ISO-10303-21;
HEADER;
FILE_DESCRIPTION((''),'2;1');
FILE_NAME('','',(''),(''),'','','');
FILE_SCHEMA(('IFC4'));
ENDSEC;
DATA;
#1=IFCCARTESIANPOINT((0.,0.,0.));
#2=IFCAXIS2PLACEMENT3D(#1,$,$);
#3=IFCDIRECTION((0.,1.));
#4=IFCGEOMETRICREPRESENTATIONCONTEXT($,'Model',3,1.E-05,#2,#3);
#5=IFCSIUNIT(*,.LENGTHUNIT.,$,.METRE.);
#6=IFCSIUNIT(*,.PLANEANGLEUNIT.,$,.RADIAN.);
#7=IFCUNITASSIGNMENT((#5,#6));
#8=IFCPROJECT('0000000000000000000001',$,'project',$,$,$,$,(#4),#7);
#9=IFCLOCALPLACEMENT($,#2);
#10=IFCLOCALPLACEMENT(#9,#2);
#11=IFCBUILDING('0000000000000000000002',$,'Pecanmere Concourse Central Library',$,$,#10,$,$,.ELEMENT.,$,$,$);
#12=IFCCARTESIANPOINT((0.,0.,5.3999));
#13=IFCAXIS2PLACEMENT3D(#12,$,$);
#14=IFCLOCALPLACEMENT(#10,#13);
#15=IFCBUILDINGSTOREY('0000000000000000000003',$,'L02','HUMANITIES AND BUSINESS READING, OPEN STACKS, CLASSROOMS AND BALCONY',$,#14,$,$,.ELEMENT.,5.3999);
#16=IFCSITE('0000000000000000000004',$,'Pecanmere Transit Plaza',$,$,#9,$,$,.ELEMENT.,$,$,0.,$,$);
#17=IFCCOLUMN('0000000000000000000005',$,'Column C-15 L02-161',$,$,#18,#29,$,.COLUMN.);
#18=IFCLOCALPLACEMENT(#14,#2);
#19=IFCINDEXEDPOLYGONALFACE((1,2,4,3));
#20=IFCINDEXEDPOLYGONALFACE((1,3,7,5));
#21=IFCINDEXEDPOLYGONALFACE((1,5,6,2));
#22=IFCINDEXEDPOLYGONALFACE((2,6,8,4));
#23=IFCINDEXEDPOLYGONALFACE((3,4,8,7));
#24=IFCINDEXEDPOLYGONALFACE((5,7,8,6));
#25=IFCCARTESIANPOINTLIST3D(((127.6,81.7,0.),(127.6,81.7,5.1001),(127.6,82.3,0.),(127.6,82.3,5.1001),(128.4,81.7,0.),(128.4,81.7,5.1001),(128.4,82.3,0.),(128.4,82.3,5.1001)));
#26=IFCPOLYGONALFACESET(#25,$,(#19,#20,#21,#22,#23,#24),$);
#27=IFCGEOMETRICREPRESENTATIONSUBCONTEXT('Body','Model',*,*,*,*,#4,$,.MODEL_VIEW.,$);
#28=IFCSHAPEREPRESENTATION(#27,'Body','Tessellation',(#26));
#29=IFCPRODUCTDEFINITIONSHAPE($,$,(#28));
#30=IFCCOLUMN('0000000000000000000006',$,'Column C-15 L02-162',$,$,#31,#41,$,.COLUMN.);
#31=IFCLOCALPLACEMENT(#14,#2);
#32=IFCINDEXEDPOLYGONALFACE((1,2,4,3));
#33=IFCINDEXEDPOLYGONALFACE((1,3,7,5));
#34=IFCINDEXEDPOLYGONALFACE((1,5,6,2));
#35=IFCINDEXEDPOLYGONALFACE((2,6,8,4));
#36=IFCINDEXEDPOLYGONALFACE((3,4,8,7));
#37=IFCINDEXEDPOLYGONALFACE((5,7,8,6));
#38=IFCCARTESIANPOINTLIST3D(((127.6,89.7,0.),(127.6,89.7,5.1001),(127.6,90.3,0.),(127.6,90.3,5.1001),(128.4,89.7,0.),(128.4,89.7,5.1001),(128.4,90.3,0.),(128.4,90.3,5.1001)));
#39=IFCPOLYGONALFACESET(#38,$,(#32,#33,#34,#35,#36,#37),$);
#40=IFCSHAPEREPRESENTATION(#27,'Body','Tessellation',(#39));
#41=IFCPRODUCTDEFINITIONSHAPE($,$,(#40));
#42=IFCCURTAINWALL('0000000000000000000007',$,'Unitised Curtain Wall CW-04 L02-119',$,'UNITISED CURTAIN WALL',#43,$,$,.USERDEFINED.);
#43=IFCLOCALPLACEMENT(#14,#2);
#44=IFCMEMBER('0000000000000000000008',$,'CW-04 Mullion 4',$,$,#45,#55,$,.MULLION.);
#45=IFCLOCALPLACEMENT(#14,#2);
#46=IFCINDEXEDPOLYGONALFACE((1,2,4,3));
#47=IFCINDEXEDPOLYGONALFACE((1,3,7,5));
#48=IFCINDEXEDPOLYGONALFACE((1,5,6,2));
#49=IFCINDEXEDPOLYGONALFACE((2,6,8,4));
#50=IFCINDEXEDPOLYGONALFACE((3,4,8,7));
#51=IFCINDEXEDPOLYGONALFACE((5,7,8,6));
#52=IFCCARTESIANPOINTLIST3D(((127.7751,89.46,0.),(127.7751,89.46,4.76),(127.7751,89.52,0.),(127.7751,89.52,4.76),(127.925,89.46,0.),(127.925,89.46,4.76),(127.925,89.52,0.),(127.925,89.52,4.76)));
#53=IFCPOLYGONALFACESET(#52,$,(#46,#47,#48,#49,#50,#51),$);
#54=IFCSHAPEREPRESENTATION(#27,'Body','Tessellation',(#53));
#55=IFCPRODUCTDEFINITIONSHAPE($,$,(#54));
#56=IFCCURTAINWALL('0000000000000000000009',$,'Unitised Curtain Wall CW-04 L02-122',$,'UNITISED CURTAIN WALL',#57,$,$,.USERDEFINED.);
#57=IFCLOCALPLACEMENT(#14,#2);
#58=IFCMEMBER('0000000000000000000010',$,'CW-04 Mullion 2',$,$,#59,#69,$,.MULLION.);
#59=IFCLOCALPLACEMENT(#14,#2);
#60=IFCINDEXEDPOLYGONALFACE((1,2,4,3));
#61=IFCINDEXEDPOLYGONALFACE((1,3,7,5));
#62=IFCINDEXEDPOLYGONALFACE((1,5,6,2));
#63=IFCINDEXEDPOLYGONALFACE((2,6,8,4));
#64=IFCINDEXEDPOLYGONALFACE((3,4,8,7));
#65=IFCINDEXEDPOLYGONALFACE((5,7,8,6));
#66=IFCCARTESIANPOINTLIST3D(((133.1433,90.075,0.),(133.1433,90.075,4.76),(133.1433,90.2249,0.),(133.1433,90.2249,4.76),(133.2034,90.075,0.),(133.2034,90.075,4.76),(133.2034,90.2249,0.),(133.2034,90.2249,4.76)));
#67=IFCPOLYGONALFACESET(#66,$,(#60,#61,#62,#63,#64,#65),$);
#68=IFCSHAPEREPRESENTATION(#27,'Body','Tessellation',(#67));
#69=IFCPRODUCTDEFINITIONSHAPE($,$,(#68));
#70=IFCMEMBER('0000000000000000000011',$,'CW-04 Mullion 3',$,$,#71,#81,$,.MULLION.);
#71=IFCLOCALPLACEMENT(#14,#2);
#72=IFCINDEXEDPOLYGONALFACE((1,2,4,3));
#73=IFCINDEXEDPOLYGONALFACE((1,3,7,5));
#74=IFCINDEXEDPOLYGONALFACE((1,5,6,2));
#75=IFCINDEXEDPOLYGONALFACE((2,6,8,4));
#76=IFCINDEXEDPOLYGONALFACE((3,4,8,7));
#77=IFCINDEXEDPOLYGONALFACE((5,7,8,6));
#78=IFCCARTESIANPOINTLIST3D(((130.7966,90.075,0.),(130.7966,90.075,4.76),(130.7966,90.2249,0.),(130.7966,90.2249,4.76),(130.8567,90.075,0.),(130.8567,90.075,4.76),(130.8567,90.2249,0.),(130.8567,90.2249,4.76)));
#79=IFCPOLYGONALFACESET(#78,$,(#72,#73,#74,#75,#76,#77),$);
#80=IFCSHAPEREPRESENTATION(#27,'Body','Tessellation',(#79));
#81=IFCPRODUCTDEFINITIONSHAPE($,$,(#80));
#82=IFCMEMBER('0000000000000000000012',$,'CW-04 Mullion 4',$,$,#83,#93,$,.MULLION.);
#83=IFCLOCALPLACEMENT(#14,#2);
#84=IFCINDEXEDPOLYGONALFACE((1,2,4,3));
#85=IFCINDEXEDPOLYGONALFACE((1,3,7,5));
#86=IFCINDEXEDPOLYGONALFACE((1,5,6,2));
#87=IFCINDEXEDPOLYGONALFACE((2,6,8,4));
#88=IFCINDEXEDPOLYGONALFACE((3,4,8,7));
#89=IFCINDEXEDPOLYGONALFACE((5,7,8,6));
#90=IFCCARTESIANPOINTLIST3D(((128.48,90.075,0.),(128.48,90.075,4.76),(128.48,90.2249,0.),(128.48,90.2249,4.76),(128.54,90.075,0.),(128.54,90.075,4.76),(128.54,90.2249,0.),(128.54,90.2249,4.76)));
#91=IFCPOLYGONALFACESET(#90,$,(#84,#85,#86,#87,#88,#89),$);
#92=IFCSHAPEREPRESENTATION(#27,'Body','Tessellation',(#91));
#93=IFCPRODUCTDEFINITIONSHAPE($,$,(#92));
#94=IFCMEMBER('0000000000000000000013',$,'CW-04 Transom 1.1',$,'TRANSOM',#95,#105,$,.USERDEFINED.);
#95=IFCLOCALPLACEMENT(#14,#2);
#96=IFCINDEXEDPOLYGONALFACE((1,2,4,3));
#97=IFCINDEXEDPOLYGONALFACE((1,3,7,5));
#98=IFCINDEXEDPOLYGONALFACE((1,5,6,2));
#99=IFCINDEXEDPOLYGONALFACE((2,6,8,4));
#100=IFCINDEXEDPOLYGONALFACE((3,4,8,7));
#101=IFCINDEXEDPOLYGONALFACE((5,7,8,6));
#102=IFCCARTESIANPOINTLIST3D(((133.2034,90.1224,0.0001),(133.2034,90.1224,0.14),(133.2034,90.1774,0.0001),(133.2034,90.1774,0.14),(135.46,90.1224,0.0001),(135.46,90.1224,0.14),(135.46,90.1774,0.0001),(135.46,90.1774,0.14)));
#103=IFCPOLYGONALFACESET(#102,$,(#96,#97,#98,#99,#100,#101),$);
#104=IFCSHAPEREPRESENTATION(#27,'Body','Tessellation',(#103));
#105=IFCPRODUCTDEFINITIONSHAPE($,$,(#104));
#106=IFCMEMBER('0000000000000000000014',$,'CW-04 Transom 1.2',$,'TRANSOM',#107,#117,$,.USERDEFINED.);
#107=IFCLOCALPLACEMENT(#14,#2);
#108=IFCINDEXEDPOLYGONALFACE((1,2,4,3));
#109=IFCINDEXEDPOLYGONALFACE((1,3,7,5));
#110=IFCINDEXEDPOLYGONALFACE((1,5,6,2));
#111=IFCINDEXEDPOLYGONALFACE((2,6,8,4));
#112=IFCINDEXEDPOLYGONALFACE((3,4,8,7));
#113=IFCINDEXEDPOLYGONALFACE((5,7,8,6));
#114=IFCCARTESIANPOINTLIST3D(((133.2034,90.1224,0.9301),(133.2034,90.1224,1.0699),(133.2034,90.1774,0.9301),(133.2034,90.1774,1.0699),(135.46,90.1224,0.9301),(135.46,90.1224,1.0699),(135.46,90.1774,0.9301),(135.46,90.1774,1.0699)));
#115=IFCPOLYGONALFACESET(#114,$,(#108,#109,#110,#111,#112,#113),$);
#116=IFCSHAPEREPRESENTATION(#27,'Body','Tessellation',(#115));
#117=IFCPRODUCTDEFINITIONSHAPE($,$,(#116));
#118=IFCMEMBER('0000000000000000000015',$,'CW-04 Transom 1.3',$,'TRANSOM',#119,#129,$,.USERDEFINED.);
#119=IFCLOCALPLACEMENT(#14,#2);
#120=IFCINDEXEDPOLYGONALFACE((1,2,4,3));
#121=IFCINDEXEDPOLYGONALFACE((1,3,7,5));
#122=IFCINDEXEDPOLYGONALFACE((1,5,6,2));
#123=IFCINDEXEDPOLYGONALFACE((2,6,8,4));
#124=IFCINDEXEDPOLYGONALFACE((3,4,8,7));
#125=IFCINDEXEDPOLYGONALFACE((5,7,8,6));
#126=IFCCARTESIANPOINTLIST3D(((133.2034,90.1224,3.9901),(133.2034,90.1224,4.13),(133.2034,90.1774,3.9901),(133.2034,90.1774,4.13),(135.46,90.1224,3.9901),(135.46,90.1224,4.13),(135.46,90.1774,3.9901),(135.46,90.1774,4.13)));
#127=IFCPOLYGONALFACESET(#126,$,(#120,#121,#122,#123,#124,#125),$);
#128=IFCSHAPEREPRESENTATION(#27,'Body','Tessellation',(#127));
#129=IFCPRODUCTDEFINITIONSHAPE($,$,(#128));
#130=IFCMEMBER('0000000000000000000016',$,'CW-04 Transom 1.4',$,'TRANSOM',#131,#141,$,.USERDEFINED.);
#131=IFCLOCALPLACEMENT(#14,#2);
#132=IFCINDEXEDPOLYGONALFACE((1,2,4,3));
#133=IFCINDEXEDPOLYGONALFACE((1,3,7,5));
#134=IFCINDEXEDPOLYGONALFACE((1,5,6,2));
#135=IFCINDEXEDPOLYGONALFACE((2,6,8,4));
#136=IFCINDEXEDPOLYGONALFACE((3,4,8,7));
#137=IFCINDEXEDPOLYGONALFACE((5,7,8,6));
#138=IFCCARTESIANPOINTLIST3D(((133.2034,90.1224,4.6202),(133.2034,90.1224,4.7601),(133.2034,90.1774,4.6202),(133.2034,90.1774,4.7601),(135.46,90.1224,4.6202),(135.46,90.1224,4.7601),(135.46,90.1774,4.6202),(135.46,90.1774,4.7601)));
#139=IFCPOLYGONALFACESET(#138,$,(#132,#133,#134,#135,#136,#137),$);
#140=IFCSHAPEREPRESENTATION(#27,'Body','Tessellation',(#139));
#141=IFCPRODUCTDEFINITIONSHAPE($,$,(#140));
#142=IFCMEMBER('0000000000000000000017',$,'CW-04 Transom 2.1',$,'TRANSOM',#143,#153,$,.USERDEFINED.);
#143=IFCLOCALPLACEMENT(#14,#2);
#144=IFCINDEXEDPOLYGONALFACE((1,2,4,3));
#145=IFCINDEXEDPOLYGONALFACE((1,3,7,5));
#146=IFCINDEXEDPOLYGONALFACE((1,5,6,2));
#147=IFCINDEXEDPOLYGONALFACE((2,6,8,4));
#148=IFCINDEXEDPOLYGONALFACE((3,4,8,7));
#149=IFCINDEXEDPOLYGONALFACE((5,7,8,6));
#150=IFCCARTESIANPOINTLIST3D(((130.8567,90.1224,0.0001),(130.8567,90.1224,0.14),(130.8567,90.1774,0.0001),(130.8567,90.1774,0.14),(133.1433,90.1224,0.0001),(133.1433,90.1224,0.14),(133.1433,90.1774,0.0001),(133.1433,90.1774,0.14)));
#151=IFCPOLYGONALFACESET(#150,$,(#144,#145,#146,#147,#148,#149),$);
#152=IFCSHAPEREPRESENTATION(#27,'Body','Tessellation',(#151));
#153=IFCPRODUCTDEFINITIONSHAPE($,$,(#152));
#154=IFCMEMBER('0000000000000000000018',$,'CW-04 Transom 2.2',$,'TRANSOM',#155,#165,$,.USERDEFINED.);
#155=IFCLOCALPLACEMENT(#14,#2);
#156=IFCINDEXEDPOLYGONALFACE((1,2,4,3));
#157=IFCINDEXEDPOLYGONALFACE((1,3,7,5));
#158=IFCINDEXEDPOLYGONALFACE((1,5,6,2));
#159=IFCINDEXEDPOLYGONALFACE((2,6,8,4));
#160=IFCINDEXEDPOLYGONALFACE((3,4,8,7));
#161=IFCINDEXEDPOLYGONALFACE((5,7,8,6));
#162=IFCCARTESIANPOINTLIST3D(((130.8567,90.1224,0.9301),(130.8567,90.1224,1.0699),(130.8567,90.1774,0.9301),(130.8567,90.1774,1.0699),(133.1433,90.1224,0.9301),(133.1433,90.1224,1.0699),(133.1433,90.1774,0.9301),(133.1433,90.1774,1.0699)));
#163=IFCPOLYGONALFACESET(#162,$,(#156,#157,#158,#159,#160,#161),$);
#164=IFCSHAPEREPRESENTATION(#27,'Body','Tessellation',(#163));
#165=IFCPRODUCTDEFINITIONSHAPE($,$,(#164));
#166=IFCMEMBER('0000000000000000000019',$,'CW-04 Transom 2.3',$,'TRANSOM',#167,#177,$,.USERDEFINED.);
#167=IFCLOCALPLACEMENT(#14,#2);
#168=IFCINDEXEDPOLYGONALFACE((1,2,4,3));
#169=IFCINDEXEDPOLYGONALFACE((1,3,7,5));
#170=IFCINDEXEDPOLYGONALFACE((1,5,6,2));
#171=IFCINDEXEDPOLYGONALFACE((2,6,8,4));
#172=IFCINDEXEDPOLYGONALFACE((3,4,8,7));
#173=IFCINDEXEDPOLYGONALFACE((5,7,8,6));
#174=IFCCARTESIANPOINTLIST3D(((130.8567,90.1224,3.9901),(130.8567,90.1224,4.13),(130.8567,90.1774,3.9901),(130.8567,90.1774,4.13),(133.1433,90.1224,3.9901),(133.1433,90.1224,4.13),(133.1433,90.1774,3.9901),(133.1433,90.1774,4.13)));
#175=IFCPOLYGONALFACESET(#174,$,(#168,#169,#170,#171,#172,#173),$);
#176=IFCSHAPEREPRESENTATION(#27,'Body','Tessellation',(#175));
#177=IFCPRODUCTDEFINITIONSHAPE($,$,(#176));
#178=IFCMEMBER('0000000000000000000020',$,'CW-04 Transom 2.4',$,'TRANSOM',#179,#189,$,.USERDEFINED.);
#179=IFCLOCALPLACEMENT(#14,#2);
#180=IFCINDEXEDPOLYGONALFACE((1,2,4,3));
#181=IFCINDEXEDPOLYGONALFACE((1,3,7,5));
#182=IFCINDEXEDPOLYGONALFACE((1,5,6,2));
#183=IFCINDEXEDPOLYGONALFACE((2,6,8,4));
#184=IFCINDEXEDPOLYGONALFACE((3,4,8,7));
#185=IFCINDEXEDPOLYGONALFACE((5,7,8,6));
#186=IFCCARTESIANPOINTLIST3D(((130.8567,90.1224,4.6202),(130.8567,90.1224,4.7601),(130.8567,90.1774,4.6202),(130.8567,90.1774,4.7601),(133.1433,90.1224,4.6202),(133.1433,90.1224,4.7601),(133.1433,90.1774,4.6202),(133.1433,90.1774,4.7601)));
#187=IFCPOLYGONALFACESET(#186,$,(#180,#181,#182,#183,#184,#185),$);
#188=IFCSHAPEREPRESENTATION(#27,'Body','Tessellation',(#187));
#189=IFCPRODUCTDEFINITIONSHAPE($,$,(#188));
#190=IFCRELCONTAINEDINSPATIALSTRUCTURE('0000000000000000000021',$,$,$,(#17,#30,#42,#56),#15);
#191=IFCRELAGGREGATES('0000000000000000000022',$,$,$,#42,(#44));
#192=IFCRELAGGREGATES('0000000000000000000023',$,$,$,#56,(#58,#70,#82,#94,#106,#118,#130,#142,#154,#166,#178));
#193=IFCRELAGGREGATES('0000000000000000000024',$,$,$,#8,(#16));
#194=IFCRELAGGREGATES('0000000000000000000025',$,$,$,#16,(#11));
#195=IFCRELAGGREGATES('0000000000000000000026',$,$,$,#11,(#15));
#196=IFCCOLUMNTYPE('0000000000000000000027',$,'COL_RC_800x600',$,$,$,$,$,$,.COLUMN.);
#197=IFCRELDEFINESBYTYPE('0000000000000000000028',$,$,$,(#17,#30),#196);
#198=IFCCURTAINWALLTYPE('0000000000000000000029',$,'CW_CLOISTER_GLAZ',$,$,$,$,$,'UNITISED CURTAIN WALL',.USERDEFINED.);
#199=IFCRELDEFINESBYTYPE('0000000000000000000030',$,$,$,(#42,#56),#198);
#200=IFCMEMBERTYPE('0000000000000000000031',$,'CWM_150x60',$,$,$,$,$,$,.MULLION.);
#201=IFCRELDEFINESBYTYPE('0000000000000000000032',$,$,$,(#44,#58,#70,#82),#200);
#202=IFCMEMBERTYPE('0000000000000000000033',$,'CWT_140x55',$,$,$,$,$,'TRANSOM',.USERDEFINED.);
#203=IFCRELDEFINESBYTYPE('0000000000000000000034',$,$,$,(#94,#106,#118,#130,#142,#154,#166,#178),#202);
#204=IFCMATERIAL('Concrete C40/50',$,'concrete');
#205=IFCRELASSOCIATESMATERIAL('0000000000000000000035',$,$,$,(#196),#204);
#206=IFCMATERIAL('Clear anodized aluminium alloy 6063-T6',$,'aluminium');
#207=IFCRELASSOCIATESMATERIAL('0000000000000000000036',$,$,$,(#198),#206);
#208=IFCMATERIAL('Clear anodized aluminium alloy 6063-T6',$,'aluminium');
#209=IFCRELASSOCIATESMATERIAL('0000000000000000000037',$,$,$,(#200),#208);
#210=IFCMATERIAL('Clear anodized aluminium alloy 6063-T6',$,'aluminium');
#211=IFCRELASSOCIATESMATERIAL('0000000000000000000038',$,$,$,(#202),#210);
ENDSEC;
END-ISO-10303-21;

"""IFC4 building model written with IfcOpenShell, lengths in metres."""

from ifc_helpers import new_model, si_unit, direction, frame, origin, origin_2d, place, context, subcontext, project, spatial, rectangle, extrude, material, material_profile, profile_set, type_object, element, aggregate, save


model = new_model("IFC4")

# Units and contexts
model_context = context("Model", 3, precision=1e-05, world=origin(), true_north=direction((0.0, 1.0)))
body_context = subcontext(model_context, "Body", "Model", "MODEL_VIEW")
ifc_project = project(units=[si_unit("LENGTHUNIT", "METRE"), si_unit("PLANEANGLEUNIT", "RADIAN")], contexts=[model_context])

# Site, building, storey
site_placement = place(None, origin())
site = spatial("IfcSite", under=ifc_project, at=site_placement, Name="Pecanmere Transit Plaza", CompositionType="ELEMENT", RefElevation=0.0)
building_placement = place(site_placement, origin())
building = spatial("IfcBuilding", under=site, at=building_placement, Name="Pecanmere Concourse Central Library", CompositionType="ELEMENT")
storey_placement = place(building_placement, frame((0.0, 0.0, 5.3999)))
storey = spatial("IfcBuildingStorey", under=building, at=storey_placement, Name="L02", Description="HUMANITIES AND BUSINESS READING, OPEN STACKS, CLASSROOMS AND BALCONY", CompositionType="ELEMENT", Elevation=5.3999)

# Columns
ifc_material_1 = material(Name="Concrete C40/50", Category="concrete")
ifc_material_profile_1 = material_profile(ifc_material_1, rectangle(XDim=0.8, YDim=0.6001, at=origin_2d()), Name="RC 800x600")
ifc_profile_set_1 = profile_set([ifc_material_profile_1], Name="Concrete C40/50")
column_type = type_object("IfcColumnType", Name="COL_RC_800x600", PredefinedType="COLUMN", material=ifc_profile_set_1)
for number, where, z_axis, x_axis, name in (
    (1, (128.0, 82.0, 0.0), (0.0, 0.0, 1.0), (1.0, 0.0, 0.0), "Column C-15 L02-161"),
    (2, (128.0, 90.0, 0.0), (0.0, 0.0, 1.0), (1.0, 0.0, 0.0), "Column C-15 L02-162"),
):
    element("IfcColumn", number, at=place(storey_placement, frame(where, z_axis=z_axis, x_axis=x_axis)), inside=storey, type_object=column_type, Name=name, PredefinedType="COLUMN", context=body_context, shape_type="SweptSolid", body=[
        extrude(rectangle(XDim=0.8, YDim=0.6001, at=origin_2d()), origin(), (0.0, 0.0, 1.0), 5.1001),
    ])

# Curtain wall, member
ifc_material_2 = material(Name="Clear anodized aluminium alloy 6063-T6", Category="aluminium")
curtain_wall_type = type_object("IfcCurtainWallType", Name="CW_CLOISTER_GLAZ", ElementType="UNITISED CURTAIN WALL", PredefinedType="USERDEFINED", material=ifc_material_2)
curtain_wall_1_placement = place(storey_placement, origin())
curtain_wall_1 = element("IfcCurtainWall", 3, at=curtain_wall_1_placement, inside=storey, type_object=curtain_wall_type, Name="Unitised Curtain Wall CW-04 L02-119", ObjectType="UNITISED CURTAIN WALL", PredefinedType="USERDEFINED")
ifc_material_3 = material(Name="Clear anodized aluminium alloy 6063-T6", Category="aluminium")
ifc_material_profile_2 = material_profile(ifc_material_3, rectangle(XDim=0.0601, YDim=0.1499, at=origin_2d()), Name="AL 60x150")
ifc_profile_set_2 = profile_set([ifc_material_profile_2], Name="Clear anodized aluminium alloy 6063-T6")
member_type_1 = type_object("IfcMemberType", Name="CWM_150x60", PredefinedType="MULLION", material=ifc_profile_set_2)
member_1_placement = place(storey_placement, frame((127.8501, 89.49, 0.0), z_axis=(0.0, 0.0, 1.0), x_axis=(0.0, 1.0, 0.0)))
member_1 = element("IfcMember", 4, at=member_1_placement, type_object=member_type_1, Name="CW-04 Mullion 4", PredefinedType="MULLION", context=body_context, shape_type="SweptSolid", body=[
    extrude(rectangle(XDim=0.0601, YDim=0.1499, at=origin_2d()), origin(), (0.0, 0.0, 1.0), 4.76),
])

# Curtain wall, members
curtain_wall_2_placement = place(storey_placement, origin())
curtain_wall_2 = element("IfcCurtainWall", 5, at=curtain_wall_2_placement, inside=storey, type_object=curtain_wall_type, Name="Unitised Curtain Wall CW-04 L02-122", ObjectType="UNITISED CURTAIN WALL", PredefinedType="USERDEFINED")
member_2_placement = place(storey_placement, frame((133.1733, 90.1499, 0.0), z_axis=(0.0, 0.0, 1.0), x_axis=(-1.0, 0.0, 0.0)))
member_2 = element("IfcMember", 6, at=member_2_placement, type_object=member_type_1, Name="CW-04 Mullion 2", PredefinedType="MULLION", context=body_context, shape_type="SweptSolid", body=[
    extrude(rectangle(XDim=0.0601, YDim=0.1499, at=origin_2d()), origin(), (0.0, 0.0, 1.0), 4.76),
])
member_3_placement = place(storey_placement, frame((130.8267, 90.1499, 0.0), z_axis=(0.0, 0.0, 1.0), x_axis=(-1.0, 0.0, 0.0)))
member_3 = element("IfcMember", 7, at=member_3_placement, type_object=member_type_1, Name="CW-04 Mullion 3", PredefinedType="MULLION", context=body_context, shape_type="SweptSolid", body=[
    extrude(rectangle(XDim=0.0601, YDim=0.1499, at=origin_2d()), origin(), (0.0, 0.0, 1.0), 4.76),
])
member_4_placement = place(storey_placement, frame((128.51, 90.1499, 0.0), z_axis=(0.0, 0.0, 1.0), x_axis=(-1.0, 0.0, 0.0)))
member_4 = element("IfcMember", 8, at=member_4_placement, type_object=member_type_1, Name="CW-04 Mullion 4", PredefinedType="MULLION", context=body_context, shape_type="SweptSolid", body=[
    extrude(rectangle(XDim=0.0601, YDim=0.1499, at=origin_2d()), origin(), (0.0, 0.0, 1.0), 4.76),
])
ifc_material_4 = material(Name="Clear anodized aluminium alloy 6063-T6", Category="aluminium")
ifc_material_profile_3 = material_profile(ifc_material_4, rectangle(XDim=0.0549, YDim=0.1399, at=origin_2d()), Name="AL 55x140")
ifc_profile_set_3 = profile_set([ifc_material_profile_3], Name="Clear anodized aluminium alloy 6063-T6")
member_type_2 = type_object("IfcMemberType", Name="CWT_140x55", ElementType="TRANSOM", PredefinedType="USERDEFINED", material=ifc_profile_set_3)
member_5_placement = place(storey_placement, frame((135.46, 90.1499, 0.0701), z_axis=(-1.0, 0.0, 0.0), x_axis=(0.0, -1.0, 0.0)))
member_5 = element("IfcMember", 9, at=member_5_placement, type_object=member_type_2, Name="CW-04 Transom 1.1", ObjectType="TRANSOM", PredefinedType="USERDEFINED", context=body_context, shape_type="SweptSolid", body=[
    extrude(rectangle(XDim=0.0549, YDim=0.1399, at=origin_2d()), origin(), (0.0, 0.0, 1.0), 2.2566),
])
member_6_placement = place(storey_placement, frame((135.46, 90.1499, 1.0), z_axis=(-1.0, 0.0, 0.0), x_axis=(0.0, -1.0, 0.0)))
member_6 = element("IfcMember", 10, at=member_6_placement, type_object=member_type_2, Name="CW-04 Transom 1.2", ObjectType="TRANSOM", PredefinedType="USERDEFINED", context=body_context, shape_type="SweptSolid", body=[
    extrude(rectangle(XDim=0.0549, YDim=0.1399, at=origin_2d()), origin(), (0.0, 0.0, 1.0), 2.2566),
])
member_7_placement = place(storey_placement, frame((135.46, 90.1499, 4.0601), z_axis=(-1.0, 0.0, 0.0), x_axis=(0.0, -1.0, 0.0)))
member_7 = element("IfcMember", 11, at=member_7_placement, type_object=member_type_2, Name="CW-04 Transom 1.3", ObjectType="TRANSOM", PredefinedType="USERDEFINED", context=body_context, shape_type="SweptSolid", body=[
    extrude(rectangle(XDim=0.0549, YDim=0.1399, at=origin_2d()), origin(), (0.0, 0.0, 1.0), 2.2566),
])
member_8_placement = place(storey_placement, frame((135.46, 90.1499, 4.6902), z_axis=(-1.0, 0.0, 0.0), x_axis=(0.0, -1.0, 0.0)))
member_8 = element("IfcMember", 12, at=member_8_placement, type_object=member_type_2, Name="CW-04 Transom 1.4", ObjectType="TRANSOM", PredefinedType="USERDEFINED", context=body_context, shape_type="SweptSolid", body=[
    extrude(rectangle(XDim=0.0549, YDim=0.1399, at=origin_2d()), origin(), (0.0, 0.0, 1.0), 2.2566),
])
member_9_placement = place(storey_placement, frame((133.1433, 90.1499, 0.0701), z_axis=(-1.0, 0.0, 0.0), x_axis=(0.0, -1.0, 0.0)))
member_9 = element("IfcMember", 13, at=member_9_placement, type_object=member_type_2, Name="CW-04 Transom 2.1", ObjectType="TRANSOM", PredefinedType="USERDEFINED", context=body_context, shape_type="SweptSolid", body=[
    extrude(rectangle(XDim=0.0549, YDim=0.1399, at=origin_2d()), origin(), (0.0, 0.0, 1.0), 2.2866),
])
member_10_placement = place(storey_placement, frame((133.1433, 90.1499, 1.0), z_axis=(-1.0, 0.0, 0.0), x_axis=(0.0, -1.0, 0.0)))
member_10 = element("IfcMember", 14, at=member_10_placement, type_object=member_type_2, Name="CW-04 Transom 2.2", ObjectType="TRANSOM", PredefinedType="USERDEFINED", context=body_context, shape_type="SweptSolid", body=[
    extrude(rectangle(XDim=0.0549, YDim=0.1399, at=origin_2d()), origin(), (0.0, 0.0, 1.0), 2.2866),
])
member_11_placement = place(storey_placement, frame((133.1433, 90.1499, 4.0601), z_axis=(-1.0, 0.0, 0.0), x_axis=(0.0, -1.0, 0.0)))
member_11 = element("IfcMember", 15, at=member_11_placement, type_object=member_type_2, Name="CW-04 Transom 2.3", ObjectType="TRANSOM", PredefinedType="USERDEFINED", context=body_context, shape_type="SweptSolid", body=[
    extrude(rectangle(XDim=0.0549, YDim=0.1399, at=origin_2d()), origin(), (0.0, 0.0, 1.0), 2.2866),
])
member_12_placement = place(storey_placement, frame((133.1433, 90.1499, 4.6902), z_axis=(-1.0, 0.0, 0.0), x_axis=(0.0, -1.0, 0.0)))
member_12 = element("IfcMember", 16, at=member_12_placement, type_object=member_type_2, Name="CW-04 Transom 2.4", ObjectType="TRANSOM", PredefinedType="USERDEFINED", context=body_context, shape_type="SweptSolid", body=[
    extrude(rectangle(XDim=0.0549, YDim=0.1399, at=origin_2d()), origin(), (0.0, 0.0, 1.0), 2.2866),
])

aggregate(curtain_wall_1, [member_1])
aggregate(curtain_wall_2, [member_2, member_3, member_4, member_5, member_6, member_7, member_8, member_9, member_10, member_11, member_12])

save(model, "model.ifc")
